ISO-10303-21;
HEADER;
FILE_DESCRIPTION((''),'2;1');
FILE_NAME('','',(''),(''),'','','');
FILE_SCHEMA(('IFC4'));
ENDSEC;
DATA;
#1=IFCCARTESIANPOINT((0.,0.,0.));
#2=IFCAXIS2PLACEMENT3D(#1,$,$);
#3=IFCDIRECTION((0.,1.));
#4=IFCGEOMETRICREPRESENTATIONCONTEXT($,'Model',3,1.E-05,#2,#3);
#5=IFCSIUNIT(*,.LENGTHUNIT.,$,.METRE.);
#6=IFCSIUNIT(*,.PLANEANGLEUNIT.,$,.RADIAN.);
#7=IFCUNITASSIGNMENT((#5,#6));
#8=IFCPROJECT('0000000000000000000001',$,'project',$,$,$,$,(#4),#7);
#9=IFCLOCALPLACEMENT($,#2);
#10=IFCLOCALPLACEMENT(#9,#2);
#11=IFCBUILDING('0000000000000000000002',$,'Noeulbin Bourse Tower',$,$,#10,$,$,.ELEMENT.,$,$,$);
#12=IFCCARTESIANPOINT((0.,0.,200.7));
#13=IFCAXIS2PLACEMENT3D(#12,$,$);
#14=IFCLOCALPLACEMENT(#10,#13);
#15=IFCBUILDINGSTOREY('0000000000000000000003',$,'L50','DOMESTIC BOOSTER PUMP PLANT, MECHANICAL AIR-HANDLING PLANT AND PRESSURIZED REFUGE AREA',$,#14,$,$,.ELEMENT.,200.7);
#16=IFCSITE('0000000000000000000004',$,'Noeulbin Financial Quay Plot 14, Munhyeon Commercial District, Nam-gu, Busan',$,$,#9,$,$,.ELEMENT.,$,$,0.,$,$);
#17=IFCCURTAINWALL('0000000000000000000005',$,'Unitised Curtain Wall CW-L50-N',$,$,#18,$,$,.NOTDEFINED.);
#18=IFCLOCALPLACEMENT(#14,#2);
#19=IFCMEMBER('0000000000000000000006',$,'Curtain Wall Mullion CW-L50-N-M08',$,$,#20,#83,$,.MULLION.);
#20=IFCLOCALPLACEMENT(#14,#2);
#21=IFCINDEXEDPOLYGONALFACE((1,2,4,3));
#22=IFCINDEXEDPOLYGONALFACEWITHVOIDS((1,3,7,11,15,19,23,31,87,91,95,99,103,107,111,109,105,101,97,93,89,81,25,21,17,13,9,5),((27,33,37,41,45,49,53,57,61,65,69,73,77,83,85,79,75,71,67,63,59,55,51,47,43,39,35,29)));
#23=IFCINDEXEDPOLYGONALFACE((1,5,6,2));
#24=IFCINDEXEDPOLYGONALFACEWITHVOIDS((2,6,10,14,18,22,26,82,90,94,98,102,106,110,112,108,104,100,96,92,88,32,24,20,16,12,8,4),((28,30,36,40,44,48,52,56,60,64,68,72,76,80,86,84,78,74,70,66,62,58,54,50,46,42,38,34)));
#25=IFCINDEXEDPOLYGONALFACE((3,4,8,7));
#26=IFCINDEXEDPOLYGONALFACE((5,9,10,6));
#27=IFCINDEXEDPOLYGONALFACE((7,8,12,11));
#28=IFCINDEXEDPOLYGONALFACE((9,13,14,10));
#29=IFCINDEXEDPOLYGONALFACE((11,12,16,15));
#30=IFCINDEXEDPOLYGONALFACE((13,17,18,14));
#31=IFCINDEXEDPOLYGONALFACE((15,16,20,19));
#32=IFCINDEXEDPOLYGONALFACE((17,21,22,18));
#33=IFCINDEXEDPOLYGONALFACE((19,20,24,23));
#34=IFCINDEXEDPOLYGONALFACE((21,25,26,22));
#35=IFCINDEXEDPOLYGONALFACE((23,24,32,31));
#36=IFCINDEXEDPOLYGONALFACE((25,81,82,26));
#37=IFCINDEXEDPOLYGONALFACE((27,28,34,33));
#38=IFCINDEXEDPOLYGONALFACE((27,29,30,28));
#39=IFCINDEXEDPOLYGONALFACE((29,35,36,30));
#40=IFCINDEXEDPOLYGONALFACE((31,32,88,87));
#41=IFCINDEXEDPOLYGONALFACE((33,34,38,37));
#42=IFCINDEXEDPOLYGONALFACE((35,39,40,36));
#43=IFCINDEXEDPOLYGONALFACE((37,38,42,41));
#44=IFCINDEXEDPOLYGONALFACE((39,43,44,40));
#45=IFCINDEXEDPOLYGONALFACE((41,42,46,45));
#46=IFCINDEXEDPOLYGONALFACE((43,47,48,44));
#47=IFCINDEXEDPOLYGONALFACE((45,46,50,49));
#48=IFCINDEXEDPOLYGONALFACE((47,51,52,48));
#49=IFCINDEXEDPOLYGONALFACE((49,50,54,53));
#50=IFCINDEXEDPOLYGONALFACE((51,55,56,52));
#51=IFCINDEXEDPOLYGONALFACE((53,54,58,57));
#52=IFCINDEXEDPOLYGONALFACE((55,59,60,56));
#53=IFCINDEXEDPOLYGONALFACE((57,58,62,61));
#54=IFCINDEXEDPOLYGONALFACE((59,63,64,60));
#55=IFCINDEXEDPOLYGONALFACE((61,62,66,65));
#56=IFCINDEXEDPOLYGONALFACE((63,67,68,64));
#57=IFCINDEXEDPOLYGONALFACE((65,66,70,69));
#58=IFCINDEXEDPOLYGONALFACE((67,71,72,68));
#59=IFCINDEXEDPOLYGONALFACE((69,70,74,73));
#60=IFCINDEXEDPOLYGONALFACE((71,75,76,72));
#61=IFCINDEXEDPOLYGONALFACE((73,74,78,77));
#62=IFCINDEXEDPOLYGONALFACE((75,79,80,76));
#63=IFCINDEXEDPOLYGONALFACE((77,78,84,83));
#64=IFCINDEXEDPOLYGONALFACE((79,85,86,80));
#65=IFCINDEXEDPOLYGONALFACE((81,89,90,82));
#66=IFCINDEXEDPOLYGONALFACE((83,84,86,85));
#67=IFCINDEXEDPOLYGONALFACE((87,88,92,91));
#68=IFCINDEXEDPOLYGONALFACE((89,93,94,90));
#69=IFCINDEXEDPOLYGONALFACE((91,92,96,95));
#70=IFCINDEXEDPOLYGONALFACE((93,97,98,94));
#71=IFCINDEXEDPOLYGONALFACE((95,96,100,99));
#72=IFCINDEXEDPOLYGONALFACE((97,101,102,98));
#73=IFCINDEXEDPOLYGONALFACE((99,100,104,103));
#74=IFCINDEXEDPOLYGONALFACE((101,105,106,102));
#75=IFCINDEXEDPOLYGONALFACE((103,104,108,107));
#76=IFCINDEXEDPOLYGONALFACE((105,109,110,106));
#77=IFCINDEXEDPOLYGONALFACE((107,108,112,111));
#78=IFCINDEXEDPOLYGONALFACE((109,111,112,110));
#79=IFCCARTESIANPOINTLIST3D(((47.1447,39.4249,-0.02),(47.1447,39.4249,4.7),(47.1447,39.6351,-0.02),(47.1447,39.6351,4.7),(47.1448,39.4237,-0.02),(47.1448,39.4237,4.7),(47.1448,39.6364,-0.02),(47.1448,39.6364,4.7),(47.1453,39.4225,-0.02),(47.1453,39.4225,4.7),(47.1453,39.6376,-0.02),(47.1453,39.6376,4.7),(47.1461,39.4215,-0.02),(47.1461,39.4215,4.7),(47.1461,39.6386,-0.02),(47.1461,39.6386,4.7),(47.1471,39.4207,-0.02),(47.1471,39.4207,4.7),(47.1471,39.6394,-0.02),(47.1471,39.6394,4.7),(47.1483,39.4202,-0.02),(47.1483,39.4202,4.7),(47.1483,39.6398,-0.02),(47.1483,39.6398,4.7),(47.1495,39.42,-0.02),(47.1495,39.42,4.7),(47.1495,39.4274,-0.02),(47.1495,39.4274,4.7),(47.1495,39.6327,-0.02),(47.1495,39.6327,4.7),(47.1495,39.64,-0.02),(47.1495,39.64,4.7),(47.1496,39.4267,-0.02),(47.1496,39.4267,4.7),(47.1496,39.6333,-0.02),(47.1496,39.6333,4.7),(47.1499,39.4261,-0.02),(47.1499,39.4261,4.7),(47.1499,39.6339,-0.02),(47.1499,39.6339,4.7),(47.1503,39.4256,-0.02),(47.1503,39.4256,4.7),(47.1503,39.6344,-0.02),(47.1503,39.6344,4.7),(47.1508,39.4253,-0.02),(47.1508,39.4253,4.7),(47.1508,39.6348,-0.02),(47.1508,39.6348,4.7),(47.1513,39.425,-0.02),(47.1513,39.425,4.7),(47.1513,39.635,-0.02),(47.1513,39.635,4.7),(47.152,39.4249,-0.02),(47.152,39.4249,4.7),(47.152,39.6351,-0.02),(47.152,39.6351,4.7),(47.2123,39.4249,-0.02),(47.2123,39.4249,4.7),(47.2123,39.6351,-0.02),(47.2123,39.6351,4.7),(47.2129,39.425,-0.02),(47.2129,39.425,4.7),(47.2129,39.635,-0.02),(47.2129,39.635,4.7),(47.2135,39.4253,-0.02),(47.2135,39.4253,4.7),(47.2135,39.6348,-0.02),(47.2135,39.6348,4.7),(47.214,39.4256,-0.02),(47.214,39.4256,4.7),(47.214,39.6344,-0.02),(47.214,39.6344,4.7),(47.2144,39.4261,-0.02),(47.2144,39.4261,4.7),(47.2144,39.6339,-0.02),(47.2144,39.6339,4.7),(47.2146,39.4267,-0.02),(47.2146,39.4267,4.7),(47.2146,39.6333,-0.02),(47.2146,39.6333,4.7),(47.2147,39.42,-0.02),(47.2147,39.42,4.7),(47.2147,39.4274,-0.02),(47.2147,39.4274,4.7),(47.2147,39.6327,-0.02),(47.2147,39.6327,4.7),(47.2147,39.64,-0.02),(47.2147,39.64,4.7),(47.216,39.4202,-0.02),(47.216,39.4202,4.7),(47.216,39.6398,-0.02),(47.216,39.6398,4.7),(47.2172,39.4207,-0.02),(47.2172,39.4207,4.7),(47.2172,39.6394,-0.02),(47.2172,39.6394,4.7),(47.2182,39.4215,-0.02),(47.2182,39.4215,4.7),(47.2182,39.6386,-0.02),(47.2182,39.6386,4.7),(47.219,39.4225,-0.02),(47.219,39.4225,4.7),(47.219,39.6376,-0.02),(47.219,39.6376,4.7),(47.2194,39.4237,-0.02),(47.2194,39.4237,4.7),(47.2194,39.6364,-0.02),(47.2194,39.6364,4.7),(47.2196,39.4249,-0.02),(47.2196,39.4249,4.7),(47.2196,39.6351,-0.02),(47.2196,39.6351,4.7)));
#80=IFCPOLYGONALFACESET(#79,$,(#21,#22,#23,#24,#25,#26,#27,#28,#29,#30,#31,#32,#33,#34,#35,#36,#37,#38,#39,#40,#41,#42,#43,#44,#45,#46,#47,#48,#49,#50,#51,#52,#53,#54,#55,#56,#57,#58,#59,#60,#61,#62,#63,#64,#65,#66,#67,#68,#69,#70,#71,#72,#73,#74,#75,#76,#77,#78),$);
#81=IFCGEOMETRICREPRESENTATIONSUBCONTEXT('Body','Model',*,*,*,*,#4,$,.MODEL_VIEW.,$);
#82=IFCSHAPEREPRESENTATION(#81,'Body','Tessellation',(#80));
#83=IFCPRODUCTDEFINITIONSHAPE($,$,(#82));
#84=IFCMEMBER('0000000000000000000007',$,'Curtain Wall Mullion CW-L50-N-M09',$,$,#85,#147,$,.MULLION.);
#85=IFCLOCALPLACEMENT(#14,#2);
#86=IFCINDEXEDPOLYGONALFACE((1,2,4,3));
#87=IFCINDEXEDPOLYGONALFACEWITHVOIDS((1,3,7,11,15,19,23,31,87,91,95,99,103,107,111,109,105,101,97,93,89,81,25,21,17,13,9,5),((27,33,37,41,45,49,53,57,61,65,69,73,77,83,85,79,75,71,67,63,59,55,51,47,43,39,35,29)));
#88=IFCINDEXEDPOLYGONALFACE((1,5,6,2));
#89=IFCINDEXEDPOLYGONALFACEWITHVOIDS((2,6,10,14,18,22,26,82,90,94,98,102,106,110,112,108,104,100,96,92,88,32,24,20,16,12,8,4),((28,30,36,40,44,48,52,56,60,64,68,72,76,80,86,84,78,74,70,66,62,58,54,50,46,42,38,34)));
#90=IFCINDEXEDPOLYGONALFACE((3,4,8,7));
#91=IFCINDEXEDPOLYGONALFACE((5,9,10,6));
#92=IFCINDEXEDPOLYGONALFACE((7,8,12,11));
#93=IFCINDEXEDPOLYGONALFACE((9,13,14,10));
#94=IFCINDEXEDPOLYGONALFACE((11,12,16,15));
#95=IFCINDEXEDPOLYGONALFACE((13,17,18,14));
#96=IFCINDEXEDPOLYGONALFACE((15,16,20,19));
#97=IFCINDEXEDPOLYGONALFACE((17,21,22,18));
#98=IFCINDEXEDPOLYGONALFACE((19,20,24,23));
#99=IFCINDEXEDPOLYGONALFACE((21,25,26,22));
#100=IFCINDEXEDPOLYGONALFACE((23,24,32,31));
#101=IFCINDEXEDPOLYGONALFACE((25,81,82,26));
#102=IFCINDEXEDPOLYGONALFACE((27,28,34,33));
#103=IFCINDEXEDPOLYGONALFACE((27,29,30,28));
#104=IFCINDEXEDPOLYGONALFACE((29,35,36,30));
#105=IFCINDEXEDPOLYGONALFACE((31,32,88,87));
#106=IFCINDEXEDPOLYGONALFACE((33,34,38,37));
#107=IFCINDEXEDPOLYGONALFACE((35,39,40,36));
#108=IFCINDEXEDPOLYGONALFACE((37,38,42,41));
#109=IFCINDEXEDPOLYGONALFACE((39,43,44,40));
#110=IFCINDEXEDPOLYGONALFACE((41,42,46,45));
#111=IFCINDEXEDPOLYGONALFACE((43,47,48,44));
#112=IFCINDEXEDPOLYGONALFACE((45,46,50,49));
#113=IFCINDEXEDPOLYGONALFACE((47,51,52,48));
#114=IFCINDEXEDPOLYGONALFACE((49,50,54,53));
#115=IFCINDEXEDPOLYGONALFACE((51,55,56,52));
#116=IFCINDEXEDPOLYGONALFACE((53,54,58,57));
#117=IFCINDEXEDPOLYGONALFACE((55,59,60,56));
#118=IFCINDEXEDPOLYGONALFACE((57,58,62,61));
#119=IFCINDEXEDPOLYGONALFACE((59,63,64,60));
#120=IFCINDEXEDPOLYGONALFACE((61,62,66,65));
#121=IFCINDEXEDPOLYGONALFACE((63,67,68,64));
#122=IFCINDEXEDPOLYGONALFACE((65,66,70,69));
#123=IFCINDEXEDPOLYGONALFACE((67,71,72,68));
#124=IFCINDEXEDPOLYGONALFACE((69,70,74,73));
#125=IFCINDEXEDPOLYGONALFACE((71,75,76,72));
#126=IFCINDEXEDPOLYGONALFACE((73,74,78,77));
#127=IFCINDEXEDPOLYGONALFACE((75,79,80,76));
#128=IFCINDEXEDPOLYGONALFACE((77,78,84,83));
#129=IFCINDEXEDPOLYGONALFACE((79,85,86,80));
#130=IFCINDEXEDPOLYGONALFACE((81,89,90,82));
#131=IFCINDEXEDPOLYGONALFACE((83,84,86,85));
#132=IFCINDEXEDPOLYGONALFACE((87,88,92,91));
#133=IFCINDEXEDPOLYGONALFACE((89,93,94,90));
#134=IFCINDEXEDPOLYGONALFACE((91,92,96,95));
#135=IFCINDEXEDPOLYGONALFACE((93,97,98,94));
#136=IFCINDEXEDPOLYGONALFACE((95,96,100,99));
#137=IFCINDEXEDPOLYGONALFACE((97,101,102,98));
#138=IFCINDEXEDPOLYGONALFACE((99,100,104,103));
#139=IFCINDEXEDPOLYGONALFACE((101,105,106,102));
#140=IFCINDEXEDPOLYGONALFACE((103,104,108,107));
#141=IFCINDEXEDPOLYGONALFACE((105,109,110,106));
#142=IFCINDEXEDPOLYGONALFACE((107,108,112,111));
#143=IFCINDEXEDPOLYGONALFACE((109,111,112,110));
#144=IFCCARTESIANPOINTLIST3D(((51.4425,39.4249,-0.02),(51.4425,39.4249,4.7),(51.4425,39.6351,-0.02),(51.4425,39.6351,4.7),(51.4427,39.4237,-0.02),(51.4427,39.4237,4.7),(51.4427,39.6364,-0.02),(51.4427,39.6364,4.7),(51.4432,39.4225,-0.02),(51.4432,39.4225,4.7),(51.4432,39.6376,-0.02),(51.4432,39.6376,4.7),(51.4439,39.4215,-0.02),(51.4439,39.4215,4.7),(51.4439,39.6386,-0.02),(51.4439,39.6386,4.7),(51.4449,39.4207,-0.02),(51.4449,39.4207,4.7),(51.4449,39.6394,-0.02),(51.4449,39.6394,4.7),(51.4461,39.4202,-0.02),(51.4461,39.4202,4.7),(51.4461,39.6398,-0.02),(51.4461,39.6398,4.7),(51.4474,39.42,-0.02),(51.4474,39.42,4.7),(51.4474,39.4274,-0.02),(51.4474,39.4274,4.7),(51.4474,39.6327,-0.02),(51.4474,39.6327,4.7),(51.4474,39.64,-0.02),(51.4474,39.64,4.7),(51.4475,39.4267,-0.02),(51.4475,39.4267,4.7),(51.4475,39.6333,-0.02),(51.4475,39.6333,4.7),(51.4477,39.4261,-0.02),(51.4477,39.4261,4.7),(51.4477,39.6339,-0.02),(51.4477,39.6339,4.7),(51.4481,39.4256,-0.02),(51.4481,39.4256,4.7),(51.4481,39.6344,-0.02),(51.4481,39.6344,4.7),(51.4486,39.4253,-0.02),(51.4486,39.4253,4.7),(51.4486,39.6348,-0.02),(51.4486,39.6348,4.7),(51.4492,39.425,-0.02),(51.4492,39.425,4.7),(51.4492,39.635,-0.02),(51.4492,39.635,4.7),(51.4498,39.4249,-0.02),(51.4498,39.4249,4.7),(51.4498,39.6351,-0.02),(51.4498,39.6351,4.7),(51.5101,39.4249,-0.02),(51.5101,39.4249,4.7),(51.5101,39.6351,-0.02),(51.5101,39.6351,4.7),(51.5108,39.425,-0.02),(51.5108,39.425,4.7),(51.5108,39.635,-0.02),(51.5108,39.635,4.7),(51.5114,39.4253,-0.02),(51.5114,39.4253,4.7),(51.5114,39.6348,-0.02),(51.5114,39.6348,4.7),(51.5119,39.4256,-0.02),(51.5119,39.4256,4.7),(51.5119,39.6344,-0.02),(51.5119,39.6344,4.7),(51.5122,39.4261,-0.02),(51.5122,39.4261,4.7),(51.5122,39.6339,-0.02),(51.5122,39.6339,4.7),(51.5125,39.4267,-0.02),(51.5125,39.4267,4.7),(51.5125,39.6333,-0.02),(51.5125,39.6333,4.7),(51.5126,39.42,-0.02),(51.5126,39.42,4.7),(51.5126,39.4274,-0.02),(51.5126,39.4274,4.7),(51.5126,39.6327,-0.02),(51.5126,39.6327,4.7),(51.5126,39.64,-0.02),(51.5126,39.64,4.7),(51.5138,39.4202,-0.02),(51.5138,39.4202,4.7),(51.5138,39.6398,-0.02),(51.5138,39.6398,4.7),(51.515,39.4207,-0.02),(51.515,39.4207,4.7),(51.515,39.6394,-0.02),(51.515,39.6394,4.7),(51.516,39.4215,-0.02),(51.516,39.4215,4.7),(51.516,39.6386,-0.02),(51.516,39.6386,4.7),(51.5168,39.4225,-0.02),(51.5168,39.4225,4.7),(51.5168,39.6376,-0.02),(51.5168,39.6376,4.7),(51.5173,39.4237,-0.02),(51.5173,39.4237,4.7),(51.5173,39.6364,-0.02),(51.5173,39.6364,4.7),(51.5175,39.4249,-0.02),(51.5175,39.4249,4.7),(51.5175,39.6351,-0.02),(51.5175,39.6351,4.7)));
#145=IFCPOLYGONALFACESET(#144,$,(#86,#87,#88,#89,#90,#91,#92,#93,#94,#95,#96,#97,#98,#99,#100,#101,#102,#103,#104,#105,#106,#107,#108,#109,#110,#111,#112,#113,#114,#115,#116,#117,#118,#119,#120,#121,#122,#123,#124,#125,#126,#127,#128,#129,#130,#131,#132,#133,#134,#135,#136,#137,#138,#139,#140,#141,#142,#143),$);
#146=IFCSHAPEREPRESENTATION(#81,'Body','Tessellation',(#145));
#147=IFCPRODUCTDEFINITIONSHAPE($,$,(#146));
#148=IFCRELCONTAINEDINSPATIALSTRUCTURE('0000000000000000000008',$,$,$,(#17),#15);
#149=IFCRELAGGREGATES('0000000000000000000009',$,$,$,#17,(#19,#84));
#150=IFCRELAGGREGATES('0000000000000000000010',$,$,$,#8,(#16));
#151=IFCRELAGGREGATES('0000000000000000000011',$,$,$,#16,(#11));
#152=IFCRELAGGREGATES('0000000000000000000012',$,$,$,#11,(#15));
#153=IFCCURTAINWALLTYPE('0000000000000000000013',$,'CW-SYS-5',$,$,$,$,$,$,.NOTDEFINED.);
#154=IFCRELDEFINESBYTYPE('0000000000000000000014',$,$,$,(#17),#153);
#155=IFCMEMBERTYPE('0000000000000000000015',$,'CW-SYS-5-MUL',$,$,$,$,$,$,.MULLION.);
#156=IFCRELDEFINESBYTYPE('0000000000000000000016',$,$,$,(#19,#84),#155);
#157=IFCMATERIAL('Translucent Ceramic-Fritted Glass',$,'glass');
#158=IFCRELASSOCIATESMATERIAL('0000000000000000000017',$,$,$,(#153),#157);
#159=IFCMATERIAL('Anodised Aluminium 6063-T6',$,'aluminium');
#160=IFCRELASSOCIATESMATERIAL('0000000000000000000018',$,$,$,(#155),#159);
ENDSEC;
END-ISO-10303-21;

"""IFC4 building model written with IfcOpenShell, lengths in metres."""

from ifc_helpers import new_model, si_unit, direction, frame, origin, origin_2d, place, context, subcontext, project, spatial, hollow_rectangle, extrude, material, material_profile, profile_set, type_object, element, aggregate, save


model = new_model("IFC4")

# Units and contexts
model_context = context("Model", 3, precision=1e-05, world=origin(), true_north=direction((0.0, 1.0)))
body_context = subcontext(model_context, "Body", "Model", "MODEL_VIEW")
ifc_project = project(units=[si_unit("LENGTHUNIT", "METRE"), si_unit("PLANEANGLEUNIT", "RADIAN")], contexts=[model_context])

# Site, building, storey
site_placement = place(None, origin())
site = spatial("IfcSite", under=ifc_project, at=site_placement, Name="Noeulbin Financial Quay Plot 14, Munhyeon Commercial District, Nam-gu, Busan", CompositionType="ELEMENT", RefElevation=0.0)
building_placement = place(site_placement, origin())
building = spatial("IfcBuilding", under=site, at=building_placement, Name="Noeulbin Bourse Tower", CompositionType="ELEMENT")
storey_placement = place(building_placement, frame((0.0, 0.0, 200.7)))
storey = spatial("IfcBuildingStorey", under=building, at=storey_placement, Name="L50", Description="DOMESTIC BOOSTER PUMP PLANT, MECHANICAL AIR-HANDLING PLANT AND PRESSURIZED REFUGE AREA", CompositionType="ELEMENT", Elevation=200.7)

# Curtain wall, members
ifc_material_1 = material(Name="Translucent Ceramic-Fritted Glass", Category="glass")
curtain_wall_type = type_object("IfcCurtainWallType", Name="CW-SYS-5", PredefinedType="NOTDEFINED", material=ifc_material_1)
curtain_wall_1_placement = place(storey_placement, origin())
curtain_wall_1 = element("IfcCurtainWall", 1, at=curtain_wall_1_placement, inside=storey, type_object=curtain_wall_type, Name="Unitised Curtain Wall CW-L50-N", PredefinedType="NOTDEFINED")
ifc_material_2 = material(Name="Anodised Aluminium 6063-T6", Category="aluminium")
ifc_material_profile_1 = material_profile(ifc_material_2, hollow_rectangle(XDim=0.075, YDim=0.22, WallThickness=0.0049, InnerFilletRadius=0.0024, OuterFilletRadius=0.0049, at=origin_2d()), Name="ALU-MULL-75x220x5", Category="LoadBearing")
ifc_profile_set_1 = profile_set([ifc_material_profile_1], Name="Anodised Aluminium 6063-T6")
member_type_1 = type_object("IfcMemberType", Name="CW-SYS-5-MUL", PredefinedType="MULLION", material=ifc_profile_set_1)
member_1_placement = place(storey_placement, frame((47.1821, 39.53, -0.02), z_axis=(0.0, 0.0, 1.0), x_axis=(1.0, 0.0, 0.0)))
member_1 = element("IfcMember", 2, at=member_1_placement, type_object=member_type_1, Name="Curtain Wall Mullion CW-L50-N-M08", PredefinedType="MULLION", context=body_context, shape_type="SweptSolid", body=[
    extrude(hollow_rectangle(XDim=0.075, YDim=0.22, WallThickness=0.0049, InnerFilletRadius=0.0024, OuterFilletRadius=0.0049, at=origin_2d()), origin(), (0.0, 0.0, 1.0), 4.72),
])
member_2_placement = place(storey_placement, frame((51.48, 39.53, -0.02), z_axis=(0.0, 0.0, 1.0), x_axis=(1.0, 0.0, 0.0)))
member_2 = element("IfcMember", 3, at=member_2_placement, type_object=member_type_1, Name="Curtain Wall Mullion CW-L50-N-M09", PredefinedType="MULLION", context=body_context, shape_type="SweptSolid", body=[
    extrude(hollow_rectangle(XDim=0.075, YDim=0.22, WallThickness=0.0049, InnerFilletRadius=0.0024, OuterFilletRadius=0.0049, at=origin_2d()), origin(), (0.0, 0.0, 1.0), 4.72),
])

aggregate(curtain_wall_1, [member_1, member_2])

save(model, "model.ifc")
